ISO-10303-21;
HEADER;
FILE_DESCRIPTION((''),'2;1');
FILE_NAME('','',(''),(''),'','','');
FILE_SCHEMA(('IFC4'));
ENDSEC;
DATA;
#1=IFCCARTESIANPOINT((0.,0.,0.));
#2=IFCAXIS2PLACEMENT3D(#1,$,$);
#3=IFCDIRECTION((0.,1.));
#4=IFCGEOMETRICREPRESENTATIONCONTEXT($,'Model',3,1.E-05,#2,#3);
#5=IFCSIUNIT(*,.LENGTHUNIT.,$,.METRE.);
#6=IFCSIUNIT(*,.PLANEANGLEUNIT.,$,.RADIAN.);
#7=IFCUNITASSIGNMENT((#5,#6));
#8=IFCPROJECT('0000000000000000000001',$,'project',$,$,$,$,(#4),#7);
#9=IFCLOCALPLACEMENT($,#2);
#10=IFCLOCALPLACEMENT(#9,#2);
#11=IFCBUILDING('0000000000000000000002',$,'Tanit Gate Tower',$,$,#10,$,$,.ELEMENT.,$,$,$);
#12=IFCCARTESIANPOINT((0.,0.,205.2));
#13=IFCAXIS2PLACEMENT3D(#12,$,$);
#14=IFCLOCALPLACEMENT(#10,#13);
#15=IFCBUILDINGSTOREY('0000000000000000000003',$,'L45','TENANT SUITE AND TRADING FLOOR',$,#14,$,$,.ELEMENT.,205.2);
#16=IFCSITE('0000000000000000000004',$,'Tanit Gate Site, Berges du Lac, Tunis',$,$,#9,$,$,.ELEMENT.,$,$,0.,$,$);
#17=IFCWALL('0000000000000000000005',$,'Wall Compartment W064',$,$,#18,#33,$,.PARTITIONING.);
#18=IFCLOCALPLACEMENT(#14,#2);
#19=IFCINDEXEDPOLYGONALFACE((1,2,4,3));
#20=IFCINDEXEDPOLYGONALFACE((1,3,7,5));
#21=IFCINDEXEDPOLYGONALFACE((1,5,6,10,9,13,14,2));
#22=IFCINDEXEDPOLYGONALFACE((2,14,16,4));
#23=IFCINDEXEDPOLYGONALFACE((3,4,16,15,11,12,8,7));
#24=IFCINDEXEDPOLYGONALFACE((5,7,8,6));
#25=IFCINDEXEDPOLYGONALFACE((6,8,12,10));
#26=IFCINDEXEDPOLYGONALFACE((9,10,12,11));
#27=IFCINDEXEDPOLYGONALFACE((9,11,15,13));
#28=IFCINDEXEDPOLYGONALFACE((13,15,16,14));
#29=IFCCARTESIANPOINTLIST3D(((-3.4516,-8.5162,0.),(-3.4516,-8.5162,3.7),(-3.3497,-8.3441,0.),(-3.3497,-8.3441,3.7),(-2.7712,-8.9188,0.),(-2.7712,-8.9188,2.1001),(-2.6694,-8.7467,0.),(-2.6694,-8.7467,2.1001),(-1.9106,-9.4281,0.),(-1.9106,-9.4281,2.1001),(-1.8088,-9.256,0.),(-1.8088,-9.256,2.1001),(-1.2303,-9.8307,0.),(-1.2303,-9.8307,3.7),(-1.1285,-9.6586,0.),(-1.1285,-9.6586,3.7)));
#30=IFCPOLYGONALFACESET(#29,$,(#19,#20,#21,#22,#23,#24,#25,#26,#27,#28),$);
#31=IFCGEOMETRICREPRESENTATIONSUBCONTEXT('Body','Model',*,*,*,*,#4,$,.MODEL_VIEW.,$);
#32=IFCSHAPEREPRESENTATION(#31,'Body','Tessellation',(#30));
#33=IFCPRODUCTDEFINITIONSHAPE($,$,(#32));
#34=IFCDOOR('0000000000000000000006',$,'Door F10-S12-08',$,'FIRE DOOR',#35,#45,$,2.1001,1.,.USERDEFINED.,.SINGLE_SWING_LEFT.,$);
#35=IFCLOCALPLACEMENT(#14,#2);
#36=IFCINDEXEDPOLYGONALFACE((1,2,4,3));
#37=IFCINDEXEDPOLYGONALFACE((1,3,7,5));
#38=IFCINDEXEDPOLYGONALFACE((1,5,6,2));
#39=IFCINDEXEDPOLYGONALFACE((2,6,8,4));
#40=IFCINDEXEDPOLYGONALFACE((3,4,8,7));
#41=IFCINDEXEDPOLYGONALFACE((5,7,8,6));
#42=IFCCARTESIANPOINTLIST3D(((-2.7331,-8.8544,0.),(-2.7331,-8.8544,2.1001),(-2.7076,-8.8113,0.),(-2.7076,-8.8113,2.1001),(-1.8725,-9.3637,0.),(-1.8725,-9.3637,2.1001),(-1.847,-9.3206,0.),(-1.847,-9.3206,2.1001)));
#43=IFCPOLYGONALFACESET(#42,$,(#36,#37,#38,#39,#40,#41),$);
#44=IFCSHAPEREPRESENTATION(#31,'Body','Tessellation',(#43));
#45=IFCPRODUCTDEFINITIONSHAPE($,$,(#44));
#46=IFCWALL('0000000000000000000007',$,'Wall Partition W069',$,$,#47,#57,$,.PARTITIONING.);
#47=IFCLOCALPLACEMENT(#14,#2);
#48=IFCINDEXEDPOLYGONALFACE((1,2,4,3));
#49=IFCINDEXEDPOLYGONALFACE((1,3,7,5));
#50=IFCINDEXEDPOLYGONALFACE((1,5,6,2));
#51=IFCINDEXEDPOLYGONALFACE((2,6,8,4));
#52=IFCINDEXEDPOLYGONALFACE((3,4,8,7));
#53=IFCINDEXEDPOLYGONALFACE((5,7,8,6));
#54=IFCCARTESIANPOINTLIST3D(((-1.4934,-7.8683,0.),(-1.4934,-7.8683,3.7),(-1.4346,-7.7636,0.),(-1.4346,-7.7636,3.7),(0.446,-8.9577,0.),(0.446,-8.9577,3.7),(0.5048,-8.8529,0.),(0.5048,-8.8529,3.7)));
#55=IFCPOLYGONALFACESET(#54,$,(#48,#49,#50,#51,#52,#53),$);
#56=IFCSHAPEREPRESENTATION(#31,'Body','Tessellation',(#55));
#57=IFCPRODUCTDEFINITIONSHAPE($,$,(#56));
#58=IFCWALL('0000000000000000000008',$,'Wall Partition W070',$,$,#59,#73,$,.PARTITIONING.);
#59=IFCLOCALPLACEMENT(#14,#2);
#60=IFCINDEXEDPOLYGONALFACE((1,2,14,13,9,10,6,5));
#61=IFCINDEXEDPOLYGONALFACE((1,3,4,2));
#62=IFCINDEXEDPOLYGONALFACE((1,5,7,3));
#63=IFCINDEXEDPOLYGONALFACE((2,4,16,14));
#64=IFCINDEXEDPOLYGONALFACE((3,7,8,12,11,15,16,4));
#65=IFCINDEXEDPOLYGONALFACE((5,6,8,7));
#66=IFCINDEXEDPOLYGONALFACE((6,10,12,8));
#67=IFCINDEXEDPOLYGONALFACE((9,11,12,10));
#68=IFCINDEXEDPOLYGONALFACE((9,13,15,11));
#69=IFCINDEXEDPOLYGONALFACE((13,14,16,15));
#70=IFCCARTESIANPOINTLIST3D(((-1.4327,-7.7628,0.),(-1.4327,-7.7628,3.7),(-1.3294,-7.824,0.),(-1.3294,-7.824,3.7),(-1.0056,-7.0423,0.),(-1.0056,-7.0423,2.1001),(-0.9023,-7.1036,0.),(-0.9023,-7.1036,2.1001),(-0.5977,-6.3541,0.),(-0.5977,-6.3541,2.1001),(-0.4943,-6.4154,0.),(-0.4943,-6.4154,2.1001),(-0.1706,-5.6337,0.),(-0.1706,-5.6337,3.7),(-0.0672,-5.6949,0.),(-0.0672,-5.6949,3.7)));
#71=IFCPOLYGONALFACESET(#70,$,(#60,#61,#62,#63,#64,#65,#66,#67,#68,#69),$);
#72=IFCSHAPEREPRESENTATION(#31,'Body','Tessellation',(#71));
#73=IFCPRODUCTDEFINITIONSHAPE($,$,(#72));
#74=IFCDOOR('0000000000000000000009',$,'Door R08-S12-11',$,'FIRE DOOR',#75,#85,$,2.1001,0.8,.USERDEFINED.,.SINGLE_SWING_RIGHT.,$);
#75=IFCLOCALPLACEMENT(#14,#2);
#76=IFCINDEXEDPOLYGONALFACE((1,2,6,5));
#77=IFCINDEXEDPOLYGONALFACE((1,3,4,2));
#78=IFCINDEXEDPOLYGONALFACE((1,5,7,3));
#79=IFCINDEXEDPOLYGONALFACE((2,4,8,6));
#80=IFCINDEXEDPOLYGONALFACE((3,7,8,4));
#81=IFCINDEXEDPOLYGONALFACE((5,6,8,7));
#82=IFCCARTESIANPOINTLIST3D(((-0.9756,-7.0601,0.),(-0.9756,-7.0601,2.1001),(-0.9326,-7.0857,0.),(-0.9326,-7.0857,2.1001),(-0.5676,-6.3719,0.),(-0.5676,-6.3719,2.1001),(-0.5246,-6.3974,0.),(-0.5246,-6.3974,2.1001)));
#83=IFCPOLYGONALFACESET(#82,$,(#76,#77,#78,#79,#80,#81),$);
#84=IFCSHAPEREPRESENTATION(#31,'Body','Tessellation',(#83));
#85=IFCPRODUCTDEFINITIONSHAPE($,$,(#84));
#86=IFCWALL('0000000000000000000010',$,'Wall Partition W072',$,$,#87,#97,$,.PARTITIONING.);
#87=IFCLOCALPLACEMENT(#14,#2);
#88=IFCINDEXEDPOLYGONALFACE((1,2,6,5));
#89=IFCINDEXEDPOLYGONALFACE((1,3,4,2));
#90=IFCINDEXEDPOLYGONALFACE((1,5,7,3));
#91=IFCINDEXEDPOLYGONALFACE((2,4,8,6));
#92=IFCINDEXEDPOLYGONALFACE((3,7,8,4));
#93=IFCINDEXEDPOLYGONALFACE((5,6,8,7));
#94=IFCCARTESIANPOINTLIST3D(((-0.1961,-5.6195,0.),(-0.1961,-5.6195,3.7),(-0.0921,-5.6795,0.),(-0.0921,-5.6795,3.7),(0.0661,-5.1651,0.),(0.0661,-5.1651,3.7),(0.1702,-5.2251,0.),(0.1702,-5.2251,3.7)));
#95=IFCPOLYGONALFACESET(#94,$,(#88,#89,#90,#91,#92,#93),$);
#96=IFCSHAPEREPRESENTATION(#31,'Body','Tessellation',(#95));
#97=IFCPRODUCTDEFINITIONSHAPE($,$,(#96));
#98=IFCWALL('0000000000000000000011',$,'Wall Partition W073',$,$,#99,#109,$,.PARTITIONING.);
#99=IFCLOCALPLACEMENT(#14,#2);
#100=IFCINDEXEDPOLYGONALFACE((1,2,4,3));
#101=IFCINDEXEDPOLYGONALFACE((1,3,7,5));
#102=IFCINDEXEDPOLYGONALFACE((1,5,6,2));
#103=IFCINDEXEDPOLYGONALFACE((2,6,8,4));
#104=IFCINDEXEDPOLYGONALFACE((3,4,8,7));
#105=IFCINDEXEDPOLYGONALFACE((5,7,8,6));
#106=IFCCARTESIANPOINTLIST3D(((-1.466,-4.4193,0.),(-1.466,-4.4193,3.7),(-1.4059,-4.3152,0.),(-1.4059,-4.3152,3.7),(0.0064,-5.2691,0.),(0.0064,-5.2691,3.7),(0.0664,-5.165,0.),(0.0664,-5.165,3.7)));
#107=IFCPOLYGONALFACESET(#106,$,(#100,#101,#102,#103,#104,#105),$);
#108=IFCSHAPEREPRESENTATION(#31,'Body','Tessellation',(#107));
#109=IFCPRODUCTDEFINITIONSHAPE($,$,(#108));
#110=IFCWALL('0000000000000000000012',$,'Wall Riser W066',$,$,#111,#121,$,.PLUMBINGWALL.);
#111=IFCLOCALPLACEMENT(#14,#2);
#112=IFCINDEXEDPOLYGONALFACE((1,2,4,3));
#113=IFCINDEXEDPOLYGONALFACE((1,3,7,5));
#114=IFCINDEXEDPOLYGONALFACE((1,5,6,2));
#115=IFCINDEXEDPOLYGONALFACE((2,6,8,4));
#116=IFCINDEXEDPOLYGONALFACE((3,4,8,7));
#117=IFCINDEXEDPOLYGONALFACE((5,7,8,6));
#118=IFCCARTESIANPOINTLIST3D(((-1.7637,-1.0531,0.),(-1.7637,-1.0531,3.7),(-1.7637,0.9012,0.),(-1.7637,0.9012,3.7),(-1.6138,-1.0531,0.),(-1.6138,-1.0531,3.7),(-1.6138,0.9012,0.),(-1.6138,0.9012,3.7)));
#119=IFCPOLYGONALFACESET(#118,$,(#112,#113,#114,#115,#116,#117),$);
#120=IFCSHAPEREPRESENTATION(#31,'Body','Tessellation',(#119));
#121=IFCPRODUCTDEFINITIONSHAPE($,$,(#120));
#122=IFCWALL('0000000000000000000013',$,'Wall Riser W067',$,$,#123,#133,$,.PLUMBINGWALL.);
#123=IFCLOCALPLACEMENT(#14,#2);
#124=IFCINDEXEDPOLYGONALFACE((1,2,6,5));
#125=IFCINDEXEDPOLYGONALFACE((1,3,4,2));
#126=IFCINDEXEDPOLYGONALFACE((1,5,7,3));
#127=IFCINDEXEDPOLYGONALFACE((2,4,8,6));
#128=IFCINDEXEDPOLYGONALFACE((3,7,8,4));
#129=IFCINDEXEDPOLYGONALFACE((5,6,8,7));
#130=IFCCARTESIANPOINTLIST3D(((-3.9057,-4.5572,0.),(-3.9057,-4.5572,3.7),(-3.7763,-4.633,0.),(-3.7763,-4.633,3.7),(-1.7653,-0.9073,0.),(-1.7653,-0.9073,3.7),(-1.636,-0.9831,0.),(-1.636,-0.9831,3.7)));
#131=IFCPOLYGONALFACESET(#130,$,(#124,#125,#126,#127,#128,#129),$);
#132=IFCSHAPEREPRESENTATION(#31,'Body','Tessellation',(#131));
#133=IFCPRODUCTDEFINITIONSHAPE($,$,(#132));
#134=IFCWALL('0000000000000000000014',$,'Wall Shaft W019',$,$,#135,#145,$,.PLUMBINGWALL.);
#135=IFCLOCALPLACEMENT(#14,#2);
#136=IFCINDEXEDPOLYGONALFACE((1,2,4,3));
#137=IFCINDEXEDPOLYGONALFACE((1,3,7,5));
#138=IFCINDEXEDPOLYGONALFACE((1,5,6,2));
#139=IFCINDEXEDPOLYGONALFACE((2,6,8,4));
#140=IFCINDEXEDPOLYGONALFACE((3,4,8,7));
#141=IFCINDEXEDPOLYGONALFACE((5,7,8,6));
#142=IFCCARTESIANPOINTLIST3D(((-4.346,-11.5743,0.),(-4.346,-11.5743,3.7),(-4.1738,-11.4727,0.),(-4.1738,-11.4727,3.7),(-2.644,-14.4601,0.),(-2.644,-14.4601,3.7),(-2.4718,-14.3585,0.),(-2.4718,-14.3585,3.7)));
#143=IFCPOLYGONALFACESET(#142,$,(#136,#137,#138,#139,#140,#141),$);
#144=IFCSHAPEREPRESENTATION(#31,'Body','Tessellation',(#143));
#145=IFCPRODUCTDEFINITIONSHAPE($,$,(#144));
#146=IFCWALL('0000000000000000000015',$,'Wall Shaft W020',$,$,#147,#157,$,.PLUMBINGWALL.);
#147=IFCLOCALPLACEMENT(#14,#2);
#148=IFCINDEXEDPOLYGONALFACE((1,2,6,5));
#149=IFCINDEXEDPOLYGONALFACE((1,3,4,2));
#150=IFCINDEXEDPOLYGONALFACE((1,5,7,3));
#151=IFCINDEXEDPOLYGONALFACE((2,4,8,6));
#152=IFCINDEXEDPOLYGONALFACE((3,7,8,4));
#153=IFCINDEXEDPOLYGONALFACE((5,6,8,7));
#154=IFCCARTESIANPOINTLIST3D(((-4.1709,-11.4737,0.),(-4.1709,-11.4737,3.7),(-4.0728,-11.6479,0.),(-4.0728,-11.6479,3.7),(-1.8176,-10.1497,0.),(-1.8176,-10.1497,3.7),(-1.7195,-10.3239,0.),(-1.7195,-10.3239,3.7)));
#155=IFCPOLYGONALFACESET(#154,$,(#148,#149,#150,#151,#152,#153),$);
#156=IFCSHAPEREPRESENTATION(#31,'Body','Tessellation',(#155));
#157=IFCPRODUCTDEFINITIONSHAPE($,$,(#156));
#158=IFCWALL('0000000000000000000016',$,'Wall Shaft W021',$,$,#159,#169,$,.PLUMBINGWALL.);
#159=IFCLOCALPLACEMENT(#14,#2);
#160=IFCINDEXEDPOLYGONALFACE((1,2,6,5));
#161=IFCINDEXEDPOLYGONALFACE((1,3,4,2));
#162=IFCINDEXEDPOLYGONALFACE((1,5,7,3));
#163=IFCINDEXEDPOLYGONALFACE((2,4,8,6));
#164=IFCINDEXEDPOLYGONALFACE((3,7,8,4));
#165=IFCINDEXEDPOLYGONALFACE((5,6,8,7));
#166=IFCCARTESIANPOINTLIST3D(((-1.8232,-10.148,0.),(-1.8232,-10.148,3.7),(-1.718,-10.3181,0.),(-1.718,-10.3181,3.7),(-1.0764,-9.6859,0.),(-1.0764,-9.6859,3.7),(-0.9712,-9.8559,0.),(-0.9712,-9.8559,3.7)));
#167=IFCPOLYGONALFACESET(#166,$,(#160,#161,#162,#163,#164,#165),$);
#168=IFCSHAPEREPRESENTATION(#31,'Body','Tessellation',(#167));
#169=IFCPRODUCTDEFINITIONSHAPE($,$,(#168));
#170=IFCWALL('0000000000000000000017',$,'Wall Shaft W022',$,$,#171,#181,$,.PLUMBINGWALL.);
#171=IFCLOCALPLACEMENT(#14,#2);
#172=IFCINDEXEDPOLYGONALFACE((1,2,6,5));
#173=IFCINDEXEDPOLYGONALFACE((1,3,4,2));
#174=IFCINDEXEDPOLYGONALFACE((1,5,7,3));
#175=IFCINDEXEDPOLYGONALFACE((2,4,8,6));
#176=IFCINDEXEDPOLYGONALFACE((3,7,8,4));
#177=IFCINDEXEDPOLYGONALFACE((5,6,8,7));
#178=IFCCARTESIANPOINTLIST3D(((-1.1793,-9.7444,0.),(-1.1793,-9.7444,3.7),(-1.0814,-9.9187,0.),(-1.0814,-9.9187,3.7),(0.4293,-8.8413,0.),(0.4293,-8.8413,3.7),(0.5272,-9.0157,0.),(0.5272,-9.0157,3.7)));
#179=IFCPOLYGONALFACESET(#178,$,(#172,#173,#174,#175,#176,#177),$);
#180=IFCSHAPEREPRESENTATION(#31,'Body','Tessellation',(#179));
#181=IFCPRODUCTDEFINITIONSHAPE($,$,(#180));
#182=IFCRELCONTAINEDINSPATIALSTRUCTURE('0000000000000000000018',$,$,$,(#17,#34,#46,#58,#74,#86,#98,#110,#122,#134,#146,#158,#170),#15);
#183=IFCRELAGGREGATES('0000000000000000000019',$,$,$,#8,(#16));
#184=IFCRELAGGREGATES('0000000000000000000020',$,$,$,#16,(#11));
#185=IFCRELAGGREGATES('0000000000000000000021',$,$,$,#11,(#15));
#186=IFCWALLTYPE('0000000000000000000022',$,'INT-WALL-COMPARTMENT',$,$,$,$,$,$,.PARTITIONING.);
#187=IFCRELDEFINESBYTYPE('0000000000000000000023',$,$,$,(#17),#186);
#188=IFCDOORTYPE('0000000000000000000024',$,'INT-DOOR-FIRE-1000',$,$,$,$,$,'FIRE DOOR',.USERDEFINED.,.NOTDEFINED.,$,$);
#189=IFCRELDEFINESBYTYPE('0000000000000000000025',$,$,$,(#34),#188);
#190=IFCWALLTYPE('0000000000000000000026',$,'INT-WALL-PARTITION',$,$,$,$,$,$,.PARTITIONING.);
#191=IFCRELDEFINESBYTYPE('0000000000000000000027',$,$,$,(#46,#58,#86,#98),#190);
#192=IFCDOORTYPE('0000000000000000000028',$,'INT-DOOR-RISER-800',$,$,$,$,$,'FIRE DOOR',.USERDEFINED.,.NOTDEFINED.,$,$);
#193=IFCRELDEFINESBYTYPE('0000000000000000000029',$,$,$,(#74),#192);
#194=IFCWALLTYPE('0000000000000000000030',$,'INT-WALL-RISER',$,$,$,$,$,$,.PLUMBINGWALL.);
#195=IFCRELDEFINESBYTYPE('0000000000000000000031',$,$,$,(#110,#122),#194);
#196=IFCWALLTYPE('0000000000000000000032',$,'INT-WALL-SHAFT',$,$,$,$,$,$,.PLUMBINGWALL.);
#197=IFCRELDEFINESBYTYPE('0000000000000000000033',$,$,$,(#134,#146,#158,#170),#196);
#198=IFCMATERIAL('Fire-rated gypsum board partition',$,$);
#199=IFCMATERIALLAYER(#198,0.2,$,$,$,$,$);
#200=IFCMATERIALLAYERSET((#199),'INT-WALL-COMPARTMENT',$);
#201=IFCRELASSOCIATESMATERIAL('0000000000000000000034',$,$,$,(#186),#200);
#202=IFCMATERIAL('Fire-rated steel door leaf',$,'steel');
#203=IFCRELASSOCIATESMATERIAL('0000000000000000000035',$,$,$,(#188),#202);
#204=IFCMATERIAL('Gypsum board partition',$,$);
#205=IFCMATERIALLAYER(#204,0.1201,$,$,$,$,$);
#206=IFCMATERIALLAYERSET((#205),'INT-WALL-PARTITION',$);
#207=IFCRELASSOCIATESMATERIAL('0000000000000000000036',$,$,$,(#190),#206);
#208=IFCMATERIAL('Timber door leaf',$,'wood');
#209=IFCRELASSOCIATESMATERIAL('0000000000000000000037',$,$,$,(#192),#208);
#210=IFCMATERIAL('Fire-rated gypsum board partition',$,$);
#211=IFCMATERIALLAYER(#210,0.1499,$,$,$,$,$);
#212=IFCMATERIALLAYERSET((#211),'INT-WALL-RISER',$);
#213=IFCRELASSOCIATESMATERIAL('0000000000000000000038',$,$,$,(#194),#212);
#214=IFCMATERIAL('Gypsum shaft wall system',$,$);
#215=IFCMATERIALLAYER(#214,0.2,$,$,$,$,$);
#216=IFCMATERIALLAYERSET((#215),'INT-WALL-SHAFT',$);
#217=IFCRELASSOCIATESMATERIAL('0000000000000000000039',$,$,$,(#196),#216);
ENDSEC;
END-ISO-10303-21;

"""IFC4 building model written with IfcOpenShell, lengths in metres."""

from ifc_helpers import new_model, si_unit, direction, frame, frame_2d, origin, place, context, subcontext, project, spatial, rectangle, extrude, material, layer, layer_set, type_object, element, fill, save


model = new_model("IFC4")

# Units and contexts
model_context = context("Model", 3, precision=1e-05, world=origin(), true_north=direction((0.0, 1.0)))
body_context = subcontext(model_context, "Body", "Model", "MODEL_VIEW")
ifc_project = project(units=[si_unit("LENGTHUNIT", "METRE"), si_unit("PLANEANGLEUNIT", "RADIAN")], contexts=[model_context])

# Site, building, storey
site_placement = place(None, origin())
site = spatial("IfcSite", under=ifc_project, at=site_placement, Name="Tanit Gate Site, Berges du Lac, Tunis", CompositionType="ELEMENT", RefElevation=0.0)
building_placement = place(site_placement, origin())
building = spatial("IfcBuilding", under=site, at=building_placement, Name="Tanit Gate Tower", CompositionType="ELEMENT")
storey_placement = place(building_placement, frame((0.0, 0.0, 205.2)))
storey = spatial("IfcBuildingStorey", under=building, at=storey_placement, Name="L45", Description="TENANT SUITE AND TRADING FLOOR", CompositionType="ELEMENT", Elevation=205.2)

# Wall, opening, door
ifc_material_1 = material(Name="Fire-rated gypsum board partition")
ifc_layer_1 = layer(ifc_material_1, 0.2)
ifc_layer_set_1 = layer_set([ifc_layer_1], Name="INT-WALL-COMPARTMENT")
wall_type_1 = type_object("IfcWallType", Name="INT-WALL-COMPARTMENT", PredefinedType="PARTITIONING", material=ifc_layer_set_1)
wall_1_placement = place(storey_placement, frame((-3.4006, -8.4302, 0.0), z_axis=(0.0, 0.0, 1.0), x_axis=(0.860599, -0.509284, 0.0)))
wall_1 = element("IfcWall", 1, at=wall_1_placement, inside=storey, type_object=wall_type_1, Name="Wall Compartment W064", PredefinedType="PARTITIONING", context=body_context, shape_type="SweptSolid", body=[
    extrude(rectangle(XDim=2.5811, YDim=0.2, at=frame_2d((1.2905, 0.0))), origin(), (0.0, 0.0, 1.0), 3.7),
])
opening_1_placement = place(wall_1_placement, frame((0.7905, 0.0, 0.0)))
opening_1 = element("IfcOpeningElement", 2, at=opening_1_placement, cuts=wall_1, PredefinedType="OPENING", context=body_context, shape_type="SweptSolid", body=[
    extrude(rectangle(XDim=1.0, YDim=2.1001, at=frame_2d((0.5, 1.05))), frame((0.0, 0.1099, 0.0), z_axis=(0.0, -1.0, 0.0), x_axis=(1.0, 0.0, 0.0)), (0.0, 0.0, 1.0), 0.22),
])
ifc_material_2 = material(Name="Fire-rated steel door leaf", Category="steel")
door_type_1 = type_object("IfcDoorType", Name="INT-DOOR-FIRE-1000", ElementType="FIRE DOOR", OperationType="NOTDEFINED", PredefinedType="USERDEFINED", material=ifc_material_2)
door_1_placement = place(opening_1_placement, origin())
door_1 = element("IfcDoor", 3, at=door_1_placement, inside=storey, type_object=door_type_1, Name="Door F10-S12-08", ObjectType="FIRE DOOR", OperationType="SINGLE_SWING_LEFT", OverallHeight=2.1001, OverallWidth=1.0, PredefinedType="USERDEFINED", context=body_context, shape_type="SweptSolid", body=[
    extrude(rectangle(XDim=1.0, YDim=2.1001, at=frame_2d((0.5, 1.05))), frame((0.0, 0.0249, 0.0), z_axis=(0.0, -1.0, 0.0), x_axis=(1.0, 0.0, 0.0)), (0.0, 0.0, 1.0), 0.05),
])
fill(opening_1, door_1)

# Wall
ifc_material_3 = material(Name="Gypsum board partition")
ifc_layer_2 = layer(ifc_material_3, 0.1201)
ifc_layer_set_2 = layer_set([ifc_layer_2], Name="INT-WALL-PARTITION")
wall_type_2 = type_object("IfcWallType", Name="INT-WALL-PARTITION", PredefinedType="PARTITIONING", material=ifc_layer_set_2)
wall_2_placement = place(storey_placement, frame((-1.4641, -7.8159, 0.0), z_axis=(0.0, 0.0, 1.0), x_axis=(0.87188, -0.489719, 0.0)))
element("IfcWall", 4, at=wall_2_placement, inside=storey, type_object=wall_type_2, Name="Wall Partition W069", PredefinedType="PARTITIONING", context=body_context, shape_type="SweptSolid", body=[
    extrude(rectangle(XDim=2.2244, YDim=0.1201, at=frame_2d((1.1123, 0.0))), origin(), (0.0, 0.0, 1.0), 3.7),
])

# Wall, opening, door
wall_3_placement = place(storey_placement, frame((-0.1189, -5.6643, 0.0), z_axis=(0.0, 0.0, 1.0), x_axis=(-0.509948, -0.860205, 0.0)))
wall_3 = element("IfcWall", 5, at=wall_3_placement, inside=storey, type_object=wall_type_2, Name="Wall Partition W070", PredefinedType="PARTITIONING", context=body_context, shape_type="SweptSolid", body=[
    extrude(rectangle(XDim=2.4751, YDim=0.1201, at=frame_2d((1.2375, 0.0))), origin(), (0.0, 0.0, 1.0), 3.7),
])
opening_2_placement = place(wall_3_placement, frame((0.8376, 0.0, 0.0)))
opening_2 = element("IfcOpeningElement", 6, at=opening_2_placement, cuts=wall_3, PredefinedType="OPENING", context=body_context, shape_type="SweptSolid", body=[
    extrude(rectangle(XDim=0.8, YDim=2.1001, at=frame_2d((0.3999, 1.05))), frame((0.0, 0.0701, 0.0), z_axis=(0.0, -1.0, 0.0), x_axis=(1.0, 0.0, 0.0)), (0.0, 0.0, 1.0), 0.1401),
])
ifc_material_4 = material(Name="Timber door leaf", Category="wood")
door_type_2 = type_object("IfcDoorType", Name="INT-DOOR-RISER-800", ElementType="FIRE DOOR", OperationType="NOTDEFINED", PredefinedType="USERDEFINED", material=ifc_material_4)
door_2_placement = place(opening_2_placement, origin())
door_2 = element("IfcDoor", 7, at=door_2_placement, inside=storey, type_object=door_type_2, Name="Door R08-S12-11", ObjectType="FIRE DOOR", OperationType="SINGLE_SWING_RIGHT", OverallHeight=2.1001, OverallWidth=0.8, PredefinedType="USERDEFINED", context=body_context, shape_type="SweptSolid", body=[
    extrude(rectangle(XDim=0.8, YDim=2.1001, at=frame_2d((0.3999, 1.05))), frame((0.0, 0.0249, 0.0), z_axis=(0.0, -1.0, 0.0), x_axis=(1.0, 0.0, 0.0)), (0.0, 0.0, 1.0), 0.05),
])
fill(opening_2, door_2)

# Walls
wall_4_placement = place(storey_placement, frame((-0.144, -5.6494, 0.0), z_axis=(0.0, 0.0, 1.0), x_axis=(0.499843, 0.866116, 0.0)))
element("IfcWall", 8, at=wall_4_placement, inside=storey, type_object=wall_type_2, Name="Wall Partition W072", PredefinedType="PARTITIONING", context=body_context, shape_type="SweptSolid", body=[
    extrude(rectangle(XDim=0.5247, YDim=0.1201, at=frame_2d((0.2622, 0.0))), origin(), (0.0, 0.0, 1.0), 3.7),
])
wall_5_placement = place(storey_placement, frame((-1.436, -4.3672, 0.0), z_axis=(0.0, 0.0, 1.0), x_axis=(0.866088, -0.499892, 0.0)))
element("IfcWall", 9, at=wall_5_placement, inside=storey, type_object=wall_type_2, Name="Wall Partition W073", PredefinedType="PARTITIONING", context=body_context, shape_type="SweptSolid", body=[
    extrude(rectangle(XDim=1.7, YDim=0.1201, at=frame_2d((0.8501, 0.0))), origin(), (0.0, 0.0, 1.0), 3.7),
])
ifc_material_5 = material(Name="Fire-rated gypsum board partition")
ifc_layer_3 = layer(ifc_material_5, 0.1499)
ifc_layer_set_3 = layer_set([ifc_layer_3], Name="INT-WALL-RISER")
wall_type_3 = type_object("IfcWallType", Name="INT-WALL-RISER", PredefinedType="PLUMBINGWALL", material=ifc_layer_set_3)
wall_6_placement = place(storey_placement, frame((-1.6887, -1.053, 0.0), z_axis=(0.0, 0.0, 1.0), x_axis=(0.0, 1.0, 0.0)))
element("IfcWall", 10, at=wall_6_placement, inside=storey, type_object=wall_type_3, Name="Wall Riser W066", PredefinedType="PLUMBINGWALL", context=body_context, shape_type="SweptSolid", body=[
    extrude(rectangle(XDim=1.9543, YDim=0.1499, at=frame_2d((0.9771, 0.0))), origin(), (0.0, 0.0, 1.0), 3.7),
])
wall_7_placement = place(storey_placement, frame((-3.8411, -4.5952, 0.0), z_axis=(0.0, 0.0, 1.0), x_axis=(0.505857, 0.862617, 0.0)))
element("IfcWall", 11, at=wall_7_placement, inside=storey, type_object=wall_type_3, Name="Wall Riser W067", PredefinedType="PLUMBINGWALL", context=body_context, shape_type="SweptSolid", body=[
    extrude(rectangle(XDim=4.2312, YDim=0.1499, at=frame_2d((2.1157, 0.0))), origin(), (0.0, 0.0, 1.0), 3.7),
])
ifc_material_6 = material(Name="Gypsum shaft wall system")
ifc_layer_4 = layer(ifc_material_6, 0.2)
ifc_layer_set_4 = layer_set([ifc_layer_4], Name="INT-WALL-SHAFT")
wall_type_4 = type_object("IfcWallType", Name="INT-WALL-SHAFT", PredefinedType="PLUMBINGWALL", material=ifc_layer_set_4)
wall_8_placement = place(storey_placement, frame((-2.5579, -14.4094, 0.0), z_axis=(0.0, 0.0, 1.0), x_axis=(-0.507997, 0.861359, 0.0)))
element("IfcWall", 12, at=wall_8_placement, inside=storey, type_object=wall_type_4, Name="Wall Shaft W019", PredefinedType="PLUMBINGWALL", context=body_context, shape_type="SweptSolid", body=[
    extrude(rectangle(XDim=3.3503, YDim=0.2, at=frame_2d((1.6753, 0.0))), origin(), (0.0, 0.0, 1.0), 3.7),
])
wall_9_placement = place(storey_placement, frame((-1.7686, -10.2368, 0.0), z_axis=(0.0, 0.0, 1.0), x_axis=(-0.871534, -0.490334, 0.0)))
element("IfcWall", 13, at=wall_9_placement, inside=storey, type_object=wall_type_4, Name="Wall Shaft W020", PredefinedType="PLUMBINGWALL", context=body_context, shape_type="SweptSolid", body=[
    extrude(rectangle(XDim=2.7002, YDim=0.2, at=frame_2d((1.3501, 0.0))), origin(), (0.0, 0.0, 1.0), 3.7),
])
wall_10_placement = place(storey_placement, frame((-1.0239, -9.771, 0.0), z_axis=(0.0, 0.0, 1.0), x_axis=(-0.850348, -0.526221, 0.0)))
element("IfcWall", 14, at=wall_10_placement, inside=storey, type_object=wall_type_4, Name="Wall Shaft W021", PredefinedType="PLUMBINGWALL", context=body_context, shape_type="SweptSolid", body=[
    extrude(rectangle(XDim=0.8782, YDim=0.2, at=frame_2d((0.439, 0.0))), origin(), (0.0, 0.0, 1.0), 3.7),
])
wall_11_placement = place(storey_placement, frame((-1.1304, -9.8315, 0.0), z_axis=(0.0, 0.0, 1.0), x_axis=(0.871989, 0.489526, 0.0)))
element("IfcWall", 15, at=wall_11_placement, inside=storey, type_object=wall_type_4, Name="Wall Shaft W022", PredefinedType="PLUMBINGWALL", context=body_context, shape_type="SweptSolid", body=[
    extrude(rectangle(XDim=1.8447, YDim=0.2, at=frame_2d((0.9224, 0.0))), origin(), (0.0, 0.0, 1.0), 3.7),
])

save(model, "model.ifc")
